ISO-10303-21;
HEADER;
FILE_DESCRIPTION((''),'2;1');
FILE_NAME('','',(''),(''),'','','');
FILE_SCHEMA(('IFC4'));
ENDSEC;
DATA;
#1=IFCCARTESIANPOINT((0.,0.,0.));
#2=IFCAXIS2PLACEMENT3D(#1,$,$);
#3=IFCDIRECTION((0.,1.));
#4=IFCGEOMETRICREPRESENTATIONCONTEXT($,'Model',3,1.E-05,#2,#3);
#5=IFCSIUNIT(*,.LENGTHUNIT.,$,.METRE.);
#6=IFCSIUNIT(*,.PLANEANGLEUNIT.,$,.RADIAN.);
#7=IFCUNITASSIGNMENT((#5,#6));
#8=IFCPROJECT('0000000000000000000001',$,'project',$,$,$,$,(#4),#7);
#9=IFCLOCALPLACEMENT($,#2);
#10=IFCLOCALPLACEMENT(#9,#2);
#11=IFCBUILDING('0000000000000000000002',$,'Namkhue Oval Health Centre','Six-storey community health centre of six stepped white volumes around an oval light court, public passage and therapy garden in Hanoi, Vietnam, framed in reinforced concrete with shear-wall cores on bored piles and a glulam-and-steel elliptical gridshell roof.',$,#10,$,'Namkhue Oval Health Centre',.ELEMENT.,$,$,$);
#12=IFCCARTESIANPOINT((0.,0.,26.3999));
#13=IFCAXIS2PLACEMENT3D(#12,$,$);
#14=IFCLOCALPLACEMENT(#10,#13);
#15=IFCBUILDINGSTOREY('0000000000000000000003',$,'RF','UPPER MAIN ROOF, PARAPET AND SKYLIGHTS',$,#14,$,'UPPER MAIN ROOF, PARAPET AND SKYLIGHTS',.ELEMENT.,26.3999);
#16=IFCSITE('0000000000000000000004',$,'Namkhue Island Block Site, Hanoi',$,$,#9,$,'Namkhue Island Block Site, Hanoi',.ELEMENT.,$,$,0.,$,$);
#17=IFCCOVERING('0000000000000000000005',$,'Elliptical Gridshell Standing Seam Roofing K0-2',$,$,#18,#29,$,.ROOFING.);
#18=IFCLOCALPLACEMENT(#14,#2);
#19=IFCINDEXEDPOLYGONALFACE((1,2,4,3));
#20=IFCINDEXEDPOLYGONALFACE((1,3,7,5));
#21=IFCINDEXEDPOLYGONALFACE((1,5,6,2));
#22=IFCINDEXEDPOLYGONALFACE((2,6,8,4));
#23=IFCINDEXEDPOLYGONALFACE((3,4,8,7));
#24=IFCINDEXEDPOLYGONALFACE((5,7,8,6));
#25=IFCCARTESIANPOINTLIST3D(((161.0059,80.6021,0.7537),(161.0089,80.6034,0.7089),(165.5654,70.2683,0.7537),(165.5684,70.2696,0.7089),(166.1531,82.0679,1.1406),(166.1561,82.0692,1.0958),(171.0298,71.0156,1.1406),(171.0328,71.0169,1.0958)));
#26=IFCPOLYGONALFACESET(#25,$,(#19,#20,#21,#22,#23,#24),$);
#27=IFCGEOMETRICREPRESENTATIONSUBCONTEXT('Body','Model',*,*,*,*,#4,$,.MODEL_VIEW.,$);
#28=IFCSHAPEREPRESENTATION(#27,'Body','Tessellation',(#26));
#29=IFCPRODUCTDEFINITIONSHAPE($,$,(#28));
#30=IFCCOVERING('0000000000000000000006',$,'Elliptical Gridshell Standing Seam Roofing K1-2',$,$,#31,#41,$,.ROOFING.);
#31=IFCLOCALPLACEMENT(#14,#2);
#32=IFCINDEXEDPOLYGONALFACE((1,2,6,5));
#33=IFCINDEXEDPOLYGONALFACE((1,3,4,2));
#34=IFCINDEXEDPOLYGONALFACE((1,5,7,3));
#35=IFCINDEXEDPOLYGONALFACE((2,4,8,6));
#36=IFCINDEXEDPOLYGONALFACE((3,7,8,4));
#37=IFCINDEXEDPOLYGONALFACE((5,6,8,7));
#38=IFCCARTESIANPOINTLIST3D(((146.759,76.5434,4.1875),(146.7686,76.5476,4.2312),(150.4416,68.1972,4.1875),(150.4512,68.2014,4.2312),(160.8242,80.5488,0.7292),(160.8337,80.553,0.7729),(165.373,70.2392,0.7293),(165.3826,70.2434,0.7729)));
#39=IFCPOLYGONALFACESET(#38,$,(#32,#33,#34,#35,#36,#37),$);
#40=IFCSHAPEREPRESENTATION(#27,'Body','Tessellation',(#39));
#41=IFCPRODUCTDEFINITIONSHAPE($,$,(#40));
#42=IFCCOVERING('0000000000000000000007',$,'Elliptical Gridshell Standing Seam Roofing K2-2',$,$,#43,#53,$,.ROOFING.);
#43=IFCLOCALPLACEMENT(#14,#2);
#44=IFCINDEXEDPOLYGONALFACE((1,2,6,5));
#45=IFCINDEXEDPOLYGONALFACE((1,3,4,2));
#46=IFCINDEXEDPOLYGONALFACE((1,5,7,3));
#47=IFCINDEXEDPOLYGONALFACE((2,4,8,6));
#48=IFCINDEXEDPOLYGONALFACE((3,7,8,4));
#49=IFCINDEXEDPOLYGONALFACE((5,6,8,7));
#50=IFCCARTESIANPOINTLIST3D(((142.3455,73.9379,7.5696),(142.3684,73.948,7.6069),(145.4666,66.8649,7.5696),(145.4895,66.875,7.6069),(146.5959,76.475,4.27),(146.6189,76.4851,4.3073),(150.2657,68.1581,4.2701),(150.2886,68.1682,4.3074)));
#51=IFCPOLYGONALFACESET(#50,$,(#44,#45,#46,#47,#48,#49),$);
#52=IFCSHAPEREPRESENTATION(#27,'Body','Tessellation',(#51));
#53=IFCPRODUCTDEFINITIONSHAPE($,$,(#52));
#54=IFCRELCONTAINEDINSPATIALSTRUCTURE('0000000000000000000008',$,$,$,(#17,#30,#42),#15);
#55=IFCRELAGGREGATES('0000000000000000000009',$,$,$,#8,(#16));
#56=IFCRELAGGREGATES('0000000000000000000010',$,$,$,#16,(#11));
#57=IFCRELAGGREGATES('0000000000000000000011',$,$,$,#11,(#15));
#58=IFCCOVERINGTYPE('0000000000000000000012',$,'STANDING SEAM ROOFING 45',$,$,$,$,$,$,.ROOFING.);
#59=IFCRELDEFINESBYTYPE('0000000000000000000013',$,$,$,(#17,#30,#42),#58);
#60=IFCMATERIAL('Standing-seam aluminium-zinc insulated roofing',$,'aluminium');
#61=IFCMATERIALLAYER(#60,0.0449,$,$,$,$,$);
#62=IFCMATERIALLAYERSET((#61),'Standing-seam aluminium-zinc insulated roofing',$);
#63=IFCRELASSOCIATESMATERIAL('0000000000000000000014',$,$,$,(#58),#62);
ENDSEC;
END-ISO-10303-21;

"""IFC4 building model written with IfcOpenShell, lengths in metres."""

from ifc_helpers import new_model, si_unit, direction, frame, origin, place, context, subcontext, project, spatial, polyline, outline, extrude, material, layer, layer_set, type_object, element, save


model = new_model("IFC4")

# Units and contexts
model_context = context("Model", 3, precision=1e-05, world=origin(), true_north=direction((0.0, 1.0)))
body_context = subcontext(model_context, "Body", "Model", "MODEL_VIEW")
ifc_project = project(units=[si_unit("LENGTHUNIT", "METRE"), si_unit("PLANEANGLEUNIT", "RADIAN")], contexts=[model_context])

# Site, building, storey
site_placement = place(None, origin())
site = spatial("IfcSite", under=ifc_project, at=site_placement, Name="Namkhue Island Block Site, Hanoi", LongName="Namkhue Island Block Site, Hanoi", CompositionType="ELEMENT", RefElevation=0.0)
building_placement = place(site_placement, origin())
building = spatial("IfcBuilding", under=site, at=building_placement, Name="Namkhue Oval Health Centre", Description="Six-storey community health centre of six stepped white volumes around an oval light court, public passage and therapy garden in Hanoi, Vietnam, framed in reinforced concrete with shear-wall cores on bored piles and a glulam-and-steel elliptical gridshell roof.", LongName="Namkhue Oval Health Centre", CompositionType="ELEMENT")
storey_placement = place(building_placement, frame((0.0, 0.0, 26.3999)))
storey = spatial("IfcBuildingStorey", under=building, at=storey_placement, Name="RF", Description="UPPER MAIN ROOF, PARAPET AND SKYLIGHTS", LongName="UPPER MAIN ROOF, PARAPET AND SKYLIGHTS", CompositionType="ELEMENT", Elevation=26.3999)

# Coverings
ifc_material_1 = material(Name="Standing-seam aluminium-zinc insulated roofing", Category="aluminium")
ifc_layer_1 = layer(ifc_material_1, 0.0449)
ifc_layer_set_1 = layer_set([ifc_layer_1], Name="Standing-seam aluminium-zinc insulated roofing")
covering_type = type_object("IfcCoveringType", Name="STANDING SEAM ROOFING 45", PredefinedType="ROOFING", material=ifc_layer_set_1)
covering_1_placement = place(storey_placement, frame((171.0298, 71.0156, 1.1406), z_axis=(-0.066609, -0.02939, 0.997346), x_axis=(-0.40369, 0.914896, 0.0)))
element("IfcCovering", 1, at=covering_1_placement, inside=storey, type_object=covering_type, Name="Elliptical Gridshell Standing Seam Roofing K0-2", PredefinedType="ROOFING", context=body_context, shape_type="SweptSolid", body=[
    extrude(outline(polyline([(0.0, 0.0), (12.0803, 0.0), (12.8171, 5.315), (1.5222, 5.3151), (0.0, 0.0)])), origin(), (0.0, 0.0, -1.0), 0.0449),
])
covering_2_placement = place(storey_placement, frame((165.3826, 70.2434, 0.7729), z_axis=(0.212457, 0.093742, 0.972663), x_axis=(-0.403677, 0.914902, -0.000001)))
element("IfcCovering", 2, at=covering_2_placement, inside=storey, type_object=covering_type, Name="Elliptical Gridshell Standing Seam Roofing K1-2", PredefinedType="ROOFING", context=body_context, shape_type="SweptSolid", body=[
    extrude(outline(polyline([(0.0, 0.0), (11.2685, 0.0), (13.2818, 14.8922), (4.1592, 14.8922), (0.0, 0.0)])), origin(), (0.0, 0.0, -1.0), 0.0449),
])
covering_3_placement = place(storey_placement, frame((150.2886, 68.1682, 4.3074), z_axis=(0.510093, 0.225078, 0.830147), x_axis=(-0.403687, 0.914897, -0.000007)))
element("IfcCovering", 3, at=covering_3_placement, inside=storey, type_object=covering_type, Name="Elliptical Gridshell Standing Seam Roofing K2-2", PredefinedType="ROOFING", context=body_context, shape_type="SweptSolid", body=[
    extrude(outline(polyline([(0.0, 0.0), (9.0905, 0.0), (8.4852, 5.9181), (0.7541, 5.9179), (0.0, 0.0)])), origin(), (0.0, 0.0, -1.0), 0.0449),
])

save(model, "model.ifc")
